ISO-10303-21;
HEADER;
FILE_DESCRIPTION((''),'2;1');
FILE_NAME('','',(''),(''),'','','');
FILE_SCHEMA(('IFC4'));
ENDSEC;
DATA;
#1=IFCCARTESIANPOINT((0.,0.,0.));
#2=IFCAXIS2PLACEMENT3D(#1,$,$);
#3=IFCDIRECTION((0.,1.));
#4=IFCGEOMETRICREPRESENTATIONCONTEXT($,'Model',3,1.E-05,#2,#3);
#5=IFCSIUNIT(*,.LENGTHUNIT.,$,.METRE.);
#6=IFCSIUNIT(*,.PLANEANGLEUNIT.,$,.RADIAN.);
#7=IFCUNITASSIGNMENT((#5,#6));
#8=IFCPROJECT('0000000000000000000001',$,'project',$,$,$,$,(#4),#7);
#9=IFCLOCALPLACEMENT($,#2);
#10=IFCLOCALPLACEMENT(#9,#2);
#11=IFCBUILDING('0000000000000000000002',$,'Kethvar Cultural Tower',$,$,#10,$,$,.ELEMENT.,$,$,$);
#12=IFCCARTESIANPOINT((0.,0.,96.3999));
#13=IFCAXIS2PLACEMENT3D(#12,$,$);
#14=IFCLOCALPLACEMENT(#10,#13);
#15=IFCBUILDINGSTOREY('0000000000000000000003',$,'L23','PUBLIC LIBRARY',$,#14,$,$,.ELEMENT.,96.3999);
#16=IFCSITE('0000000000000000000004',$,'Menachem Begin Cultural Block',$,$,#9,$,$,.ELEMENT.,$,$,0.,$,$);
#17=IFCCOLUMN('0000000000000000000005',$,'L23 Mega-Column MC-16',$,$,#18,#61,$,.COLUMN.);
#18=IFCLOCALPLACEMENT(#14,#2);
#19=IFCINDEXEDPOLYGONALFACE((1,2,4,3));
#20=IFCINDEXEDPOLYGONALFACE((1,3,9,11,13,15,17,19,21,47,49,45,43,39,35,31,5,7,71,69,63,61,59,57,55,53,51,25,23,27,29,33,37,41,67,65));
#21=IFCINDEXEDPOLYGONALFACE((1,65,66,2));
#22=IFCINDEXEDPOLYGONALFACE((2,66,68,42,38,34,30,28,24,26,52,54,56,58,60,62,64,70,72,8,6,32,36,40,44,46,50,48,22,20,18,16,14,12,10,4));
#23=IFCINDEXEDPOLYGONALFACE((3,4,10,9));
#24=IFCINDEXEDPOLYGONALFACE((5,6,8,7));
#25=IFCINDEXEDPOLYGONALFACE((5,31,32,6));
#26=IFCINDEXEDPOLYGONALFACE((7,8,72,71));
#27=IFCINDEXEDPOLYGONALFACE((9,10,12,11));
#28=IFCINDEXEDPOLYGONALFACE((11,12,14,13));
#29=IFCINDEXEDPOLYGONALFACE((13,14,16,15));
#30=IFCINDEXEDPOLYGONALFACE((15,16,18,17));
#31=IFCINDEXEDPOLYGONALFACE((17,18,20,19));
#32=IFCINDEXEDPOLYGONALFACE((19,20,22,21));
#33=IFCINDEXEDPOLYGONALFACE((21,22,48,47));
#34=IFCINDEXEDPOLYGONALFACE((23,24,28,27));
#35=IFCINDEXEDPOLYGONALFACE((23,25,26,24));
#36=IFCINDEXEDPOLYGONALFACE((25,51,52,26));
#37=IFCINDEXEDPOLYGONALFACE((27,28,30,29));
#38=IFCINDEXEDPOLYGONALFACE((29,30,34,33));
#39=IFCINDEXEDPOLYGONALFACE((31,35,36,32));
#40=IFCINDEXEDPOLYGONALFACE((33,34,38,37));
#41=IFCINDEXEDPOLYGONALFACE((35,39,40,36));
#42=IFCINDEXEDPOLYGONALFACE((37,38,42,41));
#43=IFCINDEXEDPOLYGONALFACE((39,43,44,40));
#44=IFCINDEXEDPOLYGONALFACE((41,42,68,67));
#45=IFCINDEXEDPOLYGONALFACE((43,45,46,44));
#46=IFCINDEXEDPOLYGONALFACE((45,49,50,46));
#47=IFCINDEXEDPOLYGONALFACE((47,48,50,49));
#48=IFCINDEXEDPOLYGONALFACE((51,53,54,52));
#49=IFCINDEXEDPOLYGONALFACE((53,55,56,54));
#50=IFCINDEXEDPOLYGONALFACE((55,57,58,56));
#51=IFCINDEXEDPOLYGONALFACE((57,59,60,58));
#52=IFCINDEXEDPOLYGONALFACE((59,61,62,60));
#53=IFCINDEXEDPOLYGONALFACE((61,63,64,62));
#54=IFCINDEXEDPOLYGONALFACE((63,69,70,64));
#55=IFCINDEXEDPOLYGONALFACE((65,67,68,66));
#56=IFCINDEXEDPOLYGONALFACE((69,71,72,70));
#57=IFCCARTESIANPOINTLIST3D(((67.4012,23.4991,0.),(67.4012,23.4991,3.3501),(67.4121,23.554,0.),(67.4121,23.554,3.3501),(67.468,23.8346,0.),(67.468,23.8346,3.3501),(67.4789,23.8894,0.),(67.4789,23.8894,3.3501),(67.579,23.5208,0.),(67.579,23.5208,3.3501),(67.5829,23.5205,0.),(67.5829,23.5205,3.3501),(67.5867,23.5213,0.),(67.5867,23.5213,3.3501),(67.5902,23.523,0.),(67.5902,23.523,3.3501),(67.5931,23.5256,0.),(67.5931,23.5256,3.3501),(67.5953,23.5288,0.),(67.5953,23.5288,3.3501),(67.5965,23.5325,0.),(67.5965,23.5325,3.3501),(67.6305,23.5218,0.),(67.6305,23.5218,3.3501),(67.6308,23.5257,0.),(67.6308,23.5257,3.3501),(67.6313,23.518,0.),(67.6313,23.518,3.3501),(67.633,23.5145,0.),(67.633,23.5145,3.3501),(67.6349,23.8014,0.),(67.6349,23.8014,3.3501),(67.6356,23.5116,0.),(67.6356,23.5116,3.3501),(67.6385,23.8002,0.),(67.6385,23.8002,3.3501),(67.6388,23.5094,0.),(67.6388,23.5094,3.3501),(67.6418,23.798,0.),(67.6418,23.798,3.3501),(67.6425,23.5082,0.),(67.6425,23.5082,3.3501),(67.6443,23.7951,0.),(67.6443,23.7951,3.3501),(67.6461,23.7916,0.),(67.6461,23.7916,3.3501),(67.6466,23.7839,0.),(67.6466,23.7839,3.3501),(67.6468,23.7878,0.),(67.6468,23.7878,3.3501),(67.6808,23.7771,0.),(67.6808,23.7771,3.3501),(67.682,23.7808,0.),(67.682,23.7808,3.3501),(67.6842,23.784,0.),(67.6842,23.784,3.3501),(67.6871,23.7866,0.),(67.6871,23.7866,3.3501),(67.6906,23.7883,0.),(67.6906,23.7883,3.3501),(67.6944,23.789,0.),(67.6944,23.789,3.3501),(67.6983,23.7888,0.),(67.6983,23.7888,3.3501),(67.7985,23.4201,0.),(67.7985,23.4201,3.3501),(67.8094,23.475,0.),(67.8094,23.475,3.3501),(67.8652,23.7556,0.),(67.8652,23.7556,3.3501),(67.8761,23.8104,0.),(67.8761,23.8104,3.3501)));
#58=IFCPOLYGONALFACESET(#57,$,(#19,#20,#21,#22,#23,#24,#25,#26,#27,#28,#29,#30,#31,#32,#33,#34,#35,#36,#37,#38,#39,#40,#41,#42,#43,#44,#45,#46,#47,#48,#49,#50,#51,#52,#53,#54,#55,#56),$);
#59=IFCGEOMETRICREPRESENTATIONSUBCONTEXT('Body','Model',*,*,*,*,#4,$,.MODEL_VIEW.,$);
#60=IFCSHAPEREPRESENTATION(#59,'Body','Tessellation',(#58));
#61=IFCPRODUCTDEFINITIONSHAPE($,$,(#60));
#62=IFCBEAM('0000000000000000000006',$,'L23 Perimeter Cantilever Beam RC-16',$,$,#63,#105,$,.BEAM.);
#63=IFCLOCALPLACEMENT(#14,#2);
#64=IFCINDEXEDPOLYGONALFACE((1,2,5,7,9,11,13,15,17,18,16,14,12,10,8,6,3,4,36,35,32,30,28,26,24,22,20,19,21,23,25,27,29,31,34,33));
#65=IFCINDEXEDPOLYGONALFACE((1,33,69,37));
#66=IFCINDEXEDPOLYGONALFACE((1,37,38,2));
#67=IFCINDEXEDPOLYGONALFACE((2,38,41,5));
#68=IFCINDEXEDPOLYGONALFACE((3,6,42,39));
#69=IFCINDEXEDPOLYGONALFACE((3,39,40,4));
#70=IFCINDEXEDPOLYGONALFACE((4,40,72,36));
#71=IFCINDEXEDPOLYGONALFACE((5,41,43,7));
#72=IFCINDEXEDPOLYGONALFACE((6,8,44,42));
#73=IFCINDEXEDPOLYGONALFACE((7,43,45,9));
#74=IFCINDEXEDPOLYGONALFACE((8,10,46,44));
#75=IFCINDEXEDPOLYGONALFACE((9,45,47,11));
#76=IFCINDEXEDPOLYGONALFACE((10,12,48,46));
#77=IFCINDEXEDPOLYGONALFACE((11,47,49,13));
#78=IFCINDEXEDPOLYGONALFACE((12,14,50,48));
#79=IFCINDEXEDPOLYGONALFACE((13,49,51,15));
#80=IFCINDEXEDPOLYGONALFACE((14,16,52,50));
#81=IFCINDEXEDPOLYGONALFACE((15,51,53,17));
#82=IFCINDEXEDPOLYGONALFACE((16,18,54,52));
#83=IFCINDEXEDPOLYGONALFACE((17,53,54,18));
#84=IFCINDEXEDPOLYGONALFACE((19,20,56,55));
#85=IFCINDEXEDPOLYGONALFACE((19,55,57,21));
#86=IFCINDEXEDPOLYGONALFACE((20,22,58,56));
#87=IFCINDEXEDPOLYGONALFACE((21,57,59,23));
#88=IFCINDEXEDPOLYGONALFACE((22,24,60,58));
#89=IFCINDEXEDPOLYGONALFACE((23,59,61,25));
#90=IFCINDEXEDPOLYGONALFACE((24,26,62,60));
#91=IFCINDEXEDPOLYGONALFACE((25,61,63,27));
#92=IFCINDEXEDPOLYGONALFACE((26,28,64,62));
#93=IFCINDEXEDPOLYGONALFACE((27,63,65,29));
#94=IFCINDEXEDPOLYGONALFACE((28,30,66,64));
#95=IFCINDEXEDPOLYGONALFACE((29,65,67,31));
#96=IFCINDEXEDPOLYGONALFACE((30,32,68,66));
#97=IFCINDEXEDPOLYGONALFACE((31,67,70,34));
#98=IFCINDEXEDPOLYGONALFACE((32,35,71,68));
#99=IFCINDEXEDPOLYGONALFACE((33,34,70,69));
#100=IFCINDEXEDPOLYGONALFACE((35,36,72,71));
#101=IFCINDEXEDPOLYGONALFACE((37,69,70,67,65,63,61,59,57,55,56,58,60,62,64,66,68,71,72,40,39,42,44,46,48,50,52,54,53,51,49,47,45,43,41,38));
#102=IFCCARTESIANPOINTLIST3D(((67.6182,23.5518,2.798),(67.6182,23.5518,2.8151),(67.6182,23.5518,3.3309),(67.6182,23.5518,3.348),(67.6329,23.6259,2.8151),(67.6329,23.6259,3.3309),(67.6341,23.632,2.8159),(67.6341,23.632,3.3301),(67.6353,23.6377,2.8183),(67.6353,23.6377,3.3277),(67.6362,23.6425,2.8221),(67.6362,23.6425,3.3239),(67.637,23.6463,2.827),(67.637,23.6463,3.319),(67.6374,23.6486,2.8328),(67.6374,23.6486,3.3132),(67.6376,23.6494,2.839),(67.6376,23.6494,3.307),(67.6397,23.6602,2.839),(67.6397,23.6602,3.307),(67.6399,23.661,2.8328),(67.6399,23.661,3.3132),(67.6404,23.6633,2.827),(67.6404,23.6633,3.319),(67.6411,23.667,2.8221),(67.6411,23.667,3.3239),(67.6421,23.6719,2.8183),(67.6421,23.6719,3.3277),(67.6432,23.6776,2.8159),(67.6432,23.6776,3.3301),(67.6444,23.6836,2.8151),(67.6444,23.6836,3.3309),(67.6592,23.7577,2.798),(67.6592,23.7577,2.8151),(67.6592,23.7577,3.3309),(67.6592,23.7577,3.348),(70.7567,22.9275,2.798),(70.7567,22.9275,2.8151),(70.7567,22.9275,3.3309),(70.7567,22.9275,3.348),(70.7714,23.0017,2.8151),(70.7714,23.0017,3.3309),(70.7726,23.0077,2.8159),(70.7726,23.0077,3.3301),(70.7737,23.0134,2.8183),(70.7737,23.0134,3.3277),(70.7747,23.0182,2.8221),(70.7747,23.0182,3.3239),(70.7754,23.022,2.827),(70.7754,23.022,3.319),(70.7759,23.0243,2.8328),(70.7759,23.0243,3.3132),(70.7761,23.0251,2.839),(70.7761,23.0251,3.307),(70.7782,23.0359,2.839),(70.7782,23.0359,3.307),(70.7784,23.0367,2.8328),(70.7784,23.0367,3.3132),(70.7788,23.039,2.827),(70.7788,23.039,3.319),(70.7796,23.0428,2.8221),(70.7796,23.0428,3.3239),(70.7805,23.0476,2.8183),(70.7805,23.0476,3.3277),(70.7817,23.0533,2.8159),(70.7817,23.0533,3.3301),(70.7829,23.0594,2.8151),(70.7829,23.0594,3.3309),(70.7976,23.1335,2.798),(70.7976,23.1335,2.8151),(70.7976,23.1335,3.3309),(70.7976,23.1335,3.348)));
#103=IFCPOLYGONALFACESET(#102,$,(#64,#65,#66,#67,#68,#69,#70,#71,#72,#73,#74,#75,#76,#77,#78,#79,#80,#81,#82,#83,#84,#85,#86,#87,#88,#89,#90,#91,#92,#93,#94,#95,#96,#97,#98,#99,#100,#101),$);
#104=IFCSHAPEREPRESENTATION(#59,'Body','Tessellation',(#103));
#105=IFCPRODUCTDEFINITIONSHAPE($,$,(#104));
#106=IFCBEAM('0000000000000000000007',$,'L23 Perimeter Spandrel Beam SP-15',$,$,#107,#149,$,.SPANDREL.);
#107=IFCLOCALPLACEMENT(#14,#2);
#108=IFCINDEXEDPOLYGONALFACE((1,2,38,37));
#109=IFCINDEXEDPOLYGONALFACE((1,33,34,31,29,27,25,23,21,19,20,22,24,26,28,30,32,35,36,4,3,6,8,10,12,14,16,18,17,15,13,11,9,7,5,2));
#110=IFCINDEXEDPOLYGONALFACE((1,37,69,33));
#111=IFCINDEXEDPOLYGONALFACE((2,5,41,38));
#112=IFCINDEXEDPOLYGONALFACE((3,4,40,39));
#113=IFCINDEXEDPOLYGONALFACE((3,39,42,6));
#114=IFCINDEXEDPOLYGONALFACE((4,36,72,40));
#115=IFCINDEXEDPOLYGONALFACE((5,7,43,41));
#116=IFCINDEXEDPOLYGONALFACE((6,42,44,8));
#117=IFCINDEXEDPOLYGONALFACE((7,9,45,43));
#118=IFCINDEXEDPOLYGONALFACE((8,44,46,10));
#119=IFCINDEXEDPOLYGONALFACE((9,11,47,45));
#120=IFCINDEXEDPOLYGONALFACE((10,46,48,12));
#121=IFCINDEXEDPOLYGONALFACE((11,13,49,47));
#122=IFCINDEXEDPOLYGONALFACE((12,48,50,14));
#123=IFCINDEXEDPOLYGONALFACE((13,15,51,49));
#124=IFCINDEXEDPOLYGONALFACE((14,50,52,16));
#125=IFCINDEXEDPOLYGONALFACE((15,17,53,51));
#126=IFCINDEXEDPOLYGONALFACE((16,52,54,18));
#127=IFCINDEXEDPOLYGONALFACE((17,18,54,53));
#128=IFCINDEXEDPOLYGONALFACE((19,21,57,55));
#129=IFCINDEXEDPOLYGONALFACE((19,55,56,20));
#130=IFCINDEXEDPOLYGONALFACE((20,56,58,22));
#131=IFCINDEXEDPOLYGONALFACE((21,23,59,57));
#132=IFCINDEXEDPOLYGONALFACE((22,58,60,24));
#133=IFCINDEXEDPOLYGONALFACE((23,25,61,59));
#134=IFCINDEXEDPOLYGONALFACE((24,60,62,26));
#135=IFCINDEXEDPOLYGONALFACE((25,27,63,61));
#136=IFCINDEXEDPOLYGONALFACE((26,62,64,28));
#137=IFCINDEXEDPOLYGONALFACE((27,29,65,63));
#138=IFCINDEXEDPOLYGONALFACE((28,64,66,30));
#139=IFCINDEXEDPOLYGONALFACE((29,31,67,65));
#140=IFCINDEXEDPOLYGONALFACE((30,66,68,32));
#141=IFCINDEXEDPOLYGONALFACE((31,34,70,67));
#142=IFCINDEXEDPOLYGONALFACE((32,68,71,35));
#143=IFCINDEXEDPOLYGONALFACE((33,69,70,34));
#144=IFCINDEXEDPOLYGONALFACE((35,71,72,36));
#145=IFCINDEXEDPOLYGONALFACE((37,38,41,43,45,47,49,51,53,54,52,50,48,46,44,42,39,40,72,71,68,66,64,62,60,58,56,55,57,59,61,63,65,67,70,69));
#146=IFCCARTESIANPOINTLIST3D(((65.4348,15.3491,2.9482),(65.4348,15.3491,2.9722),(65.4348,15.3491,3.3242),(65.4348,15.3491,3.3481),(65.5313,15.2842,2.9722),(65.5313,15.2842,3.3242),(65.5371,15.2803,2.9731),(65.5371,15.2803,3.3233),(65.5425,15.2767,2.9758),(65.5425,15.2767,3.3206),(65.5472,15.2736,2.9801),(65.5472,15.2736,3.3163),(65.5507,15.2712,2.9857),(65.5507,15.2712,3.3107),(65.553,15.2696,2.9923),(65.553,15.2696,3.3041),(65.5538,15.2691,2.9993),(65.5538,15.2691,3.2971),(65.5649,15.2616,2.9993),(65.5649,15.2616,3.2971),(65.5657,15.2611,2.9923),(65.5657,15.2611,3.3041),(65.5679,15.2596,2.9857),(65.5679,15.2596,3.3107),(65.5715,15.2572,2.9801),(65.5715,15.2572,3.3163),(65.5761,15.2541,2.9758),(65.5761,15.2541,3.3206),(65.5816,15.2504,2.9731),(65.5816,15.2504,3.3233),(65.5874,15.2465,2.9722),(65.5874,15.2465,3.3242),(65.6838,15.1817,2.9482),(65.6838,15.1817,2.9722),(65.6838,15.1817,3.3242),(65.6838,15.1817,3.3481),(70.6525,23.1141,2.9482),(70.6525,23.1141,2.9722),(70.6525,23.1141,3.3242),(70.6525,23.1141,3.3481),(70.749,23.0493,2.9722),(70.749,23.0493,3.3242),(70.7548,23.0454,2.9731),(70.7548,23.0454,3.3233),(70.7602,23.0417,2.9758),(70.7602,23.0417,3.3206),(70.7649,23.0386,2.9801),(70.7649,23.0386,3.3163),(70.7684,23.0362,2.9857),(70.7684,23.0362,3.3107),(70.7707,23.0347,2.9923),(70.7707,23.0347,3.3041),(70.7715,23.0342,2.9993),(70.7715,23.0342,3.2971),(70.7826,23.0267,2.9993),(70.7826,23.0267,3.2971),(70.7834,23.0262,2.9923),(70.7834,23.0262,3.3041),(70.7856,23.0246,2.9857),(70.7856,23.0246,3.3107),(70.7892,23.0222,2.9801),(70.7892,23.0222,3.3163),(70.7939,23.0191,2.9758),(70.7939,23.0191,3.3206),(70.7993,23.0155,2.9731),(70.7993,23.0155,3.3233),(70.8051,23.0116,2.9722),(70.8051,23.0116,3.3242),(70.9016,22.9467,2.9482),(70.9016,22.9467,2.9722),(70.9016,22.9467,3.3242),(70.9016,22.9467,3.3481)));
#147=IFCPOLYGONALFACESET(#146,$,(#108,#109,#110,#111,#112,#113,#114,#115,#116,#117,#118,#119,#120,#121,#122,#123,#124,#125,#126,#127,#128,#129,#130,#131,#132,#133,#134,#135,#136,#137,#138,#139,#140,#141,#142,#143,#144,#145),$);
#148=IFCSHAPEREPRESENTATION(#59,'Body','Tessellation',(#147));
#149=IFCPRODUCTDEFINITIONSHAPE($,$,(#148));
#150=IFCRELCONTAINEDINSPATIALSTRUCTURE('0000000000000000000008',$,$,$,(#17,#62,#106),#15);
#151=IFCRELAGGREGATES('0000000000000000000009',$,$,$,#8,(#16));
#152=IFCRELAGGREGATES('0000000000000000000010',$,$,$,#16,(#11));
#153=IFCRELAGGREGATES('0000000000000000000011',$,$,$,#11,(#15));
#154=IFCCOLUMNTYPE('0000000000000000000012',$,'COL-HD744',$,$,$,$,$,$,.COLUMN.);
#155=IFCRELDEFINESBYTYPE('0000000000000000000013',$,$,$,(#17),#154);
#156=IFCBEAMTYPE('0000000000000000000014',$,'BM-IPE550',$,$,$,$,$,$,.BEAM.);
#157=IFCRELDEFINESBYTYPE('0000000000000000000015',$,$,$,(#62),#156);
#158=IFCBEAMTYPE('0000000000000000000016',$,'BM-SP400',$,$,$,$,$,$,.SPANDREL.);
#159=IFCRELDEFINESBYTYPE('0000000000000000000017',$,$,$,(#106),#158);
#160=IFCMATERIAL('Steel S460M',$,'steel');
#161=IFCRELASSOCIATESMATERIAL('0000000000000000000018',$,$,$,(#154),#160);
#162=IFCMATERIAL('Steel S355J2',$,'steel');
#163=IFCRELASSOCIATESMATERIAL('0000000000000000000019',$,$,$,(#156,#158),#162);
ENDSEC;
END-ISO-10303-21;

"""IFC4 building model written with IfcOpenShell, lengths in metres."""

from ifc_helpers import new_model, si_unit, direction, frame, origin, origin_2d, place, context, subcontext, project, spatial, i_section, extrude, source, transform, mapped, material, material_profile, profile_set, type_object, element, save


model = new_model("IFC4")

# Units and contexts
model_context = context("Model", 3, precision=1e-05, world=origin(), true_north=direction((0.0, 1.0)))
body_context = subcontext(model_context, "Body", "Model", "MODEL_VIEW")
ifc_project = project(units=[si_unit("LENGTHUNIT", "METRE"), si_unit("PLANEANGLEUNIT", "RADIAN")], contexts=[model_context])

# Site, building, storey
site_placement = place(None, origin())
site = spatial("IfcSite", under=ifc_project, at=site_placement, Name="Menachem Begin Cultural Block", CompositionType="ELEMENT", RefElevation=0.0)
building_placement = place(site_placement, origin())
building = spatial("IfcBuilding", under=site, at=building_placement, Name="Kethvar Cultural Tower", CompositionType="ELEMENT")
storey_placement = place(building_placement, frame((0.0, 0.0, 96.3999)))
storey = spatial("IfcBuildingStorey", under=building, at=storey_placement, Name="L23", Description="PUBLIC LIBRARY", CompositionType="ELEMENT", Elevation=96.3999)

# Column
ifc_material_1 = material(Name="Steel S460M", Category="steel")
ifc_material_profile_1 = material_profile(ifc_material_1, i_section(OverallWidth=0.405, OverallDepth=0.3979, WebThickness=0.0349, FlangeThickness=0.0559, FilletRadius=0.0149, at=origin_2d()), Name="Steel S460M — HD400x744")
ifc_profile_set_1 = profile_set([ifc_material_profile_1], Name="Steel S460M — HD400x744")
column_type = type_object("IfcColumnType", Name="COL-HD744", PredefinedType="COLUMN", material=ifc_profile_set_1)
shared_shape_1 = source(origin(), body_context, "Body", "SweptSolid", [
    extrude(i_section(OverallWidth=0.405, OverallDepth=0.3979, WebThickness=0.0349, FlangeThickness=0.0559, FilletRadius=0.0149, at=origin_2d()), origin(), (0.0, 0.0, 1.0), 3.3501),
])
column_placement = place(storey_placement, frame((67.6387, 23.6548, 0.0), z_axis=(0.0, 0.0, 1.0), x_axis=(0.980785, -0.19509, 0.0)))
element("IfcColumn", 1, at=column_placement, inside=storey, type_object=column_type, Name="L23 Mega-Column MC-16", PredefinedType="COLUMN", context=body_context, shape_type="MappedRepresentation", body=[
    mapped(shared_shape_1, transform((0.0, 0.0, 0.0), scale=1.0)),
])

# Beams
ifc_material_2 = material(Name="Steel S355J2", Category="steel")
ifc_material_profile_2 = material_profile(ifc_material_2, i_section(OverallWidth=0.21, OverallDepth=0.55, WebThickness=0.011, FlangeThickness=0.0171, FilletRadius=0.0239, at=origin_2d()), Name="Steel S355J2 — IPE550")
ifc_profile_set_2 = profile_set([ifc_material_profile_2], Name="Steel S355J2 — IPE550")
beam_type_1 = type_object("IfcBeamType", Name="BM-IPE550", PredefinedType="BEAM", material=ifc_profile_set_2)
shared_shape_2 = source(origin(), body_context, "Body", "SweptSolid", [
    extrude(i_section(OverallWidth=0.21, OverallDepth=0.55, WebThickness=0.011, FlangeThickness=0.0171, FilletRadius=0.0239, at=origin_2d()), origin(), (0.0, 0.0, 1.0), 3.2),
])
beam_1_placement = place(storey_placement, frame((67.6387, 23.6548, 3.073), z_axis=(0.980786, -0.195089, 0.0), x_axis=(0.195089, 0.980786, 0.0)))
element("IfcBeam", 2, at=beam_1_placement, inside=storey, type_object=beam_type_1, Name="L23 Perimeter Cantilever Beam RC-16", PredefinedType="BEAM", context=body_context, shape_type="MappedRepresentation", body=[
    mapped(shared_shape_2, transform((0.0, 0.0, 0.0), scale=1.0)),
])
ifc_material_profile_3 = material_profile(ifc_material_2, i_section(OverallWidth=0.3, OverallDepth=0.3999, WebThickness=0.0134, FlangeThickness=0.0239, FilletRadius=0.0271, at=origin_2d()), Name="Steel S355J2 — HEB400")
ifc_profile_set_3 = profile_set([ifc_material_profile_3], Name="Steel S355J2 — HEB400")
beam_type_2 = type_object("IfcBeamType", Name="BM-SP400", PredefinedType="SPANDREL", material=ifc_profile_set_3)
shared_shape_3 = source(origin(), body_context, "Body", "SweptSolid", [
    extrude(i_section(OverallWidth=0.3, OverallDepth=0.3999, WebThickness=0.0134, FlangeThickness=0.0239, FilletRadius=0.0271, at=origin_2d()), origin(), (0.0, 0.0, 1.0), 9.3552),
])
beam_2_placement = place(storey_placement, frame((65.5593, 15.2654, 3.1482), z_axis=(0.557732, 0.830021, 0.0), x_axis=(-0.830021, 0.557732, 0.0)))
element("IfcBeam", 3, at=beam_2_placement, inside=storey, type_object=beam_type_2, Name="L23 Perimeter Spandrel Beam SP-15", PredefinedType="SPANDREL", context=body_context, shape_type="MappedRepresentation", body=[
    mapped(shared_shape_3, transform((0.0, 0.0, 0.0), scale=1.0)),
])

save(model, "model.ifc")
